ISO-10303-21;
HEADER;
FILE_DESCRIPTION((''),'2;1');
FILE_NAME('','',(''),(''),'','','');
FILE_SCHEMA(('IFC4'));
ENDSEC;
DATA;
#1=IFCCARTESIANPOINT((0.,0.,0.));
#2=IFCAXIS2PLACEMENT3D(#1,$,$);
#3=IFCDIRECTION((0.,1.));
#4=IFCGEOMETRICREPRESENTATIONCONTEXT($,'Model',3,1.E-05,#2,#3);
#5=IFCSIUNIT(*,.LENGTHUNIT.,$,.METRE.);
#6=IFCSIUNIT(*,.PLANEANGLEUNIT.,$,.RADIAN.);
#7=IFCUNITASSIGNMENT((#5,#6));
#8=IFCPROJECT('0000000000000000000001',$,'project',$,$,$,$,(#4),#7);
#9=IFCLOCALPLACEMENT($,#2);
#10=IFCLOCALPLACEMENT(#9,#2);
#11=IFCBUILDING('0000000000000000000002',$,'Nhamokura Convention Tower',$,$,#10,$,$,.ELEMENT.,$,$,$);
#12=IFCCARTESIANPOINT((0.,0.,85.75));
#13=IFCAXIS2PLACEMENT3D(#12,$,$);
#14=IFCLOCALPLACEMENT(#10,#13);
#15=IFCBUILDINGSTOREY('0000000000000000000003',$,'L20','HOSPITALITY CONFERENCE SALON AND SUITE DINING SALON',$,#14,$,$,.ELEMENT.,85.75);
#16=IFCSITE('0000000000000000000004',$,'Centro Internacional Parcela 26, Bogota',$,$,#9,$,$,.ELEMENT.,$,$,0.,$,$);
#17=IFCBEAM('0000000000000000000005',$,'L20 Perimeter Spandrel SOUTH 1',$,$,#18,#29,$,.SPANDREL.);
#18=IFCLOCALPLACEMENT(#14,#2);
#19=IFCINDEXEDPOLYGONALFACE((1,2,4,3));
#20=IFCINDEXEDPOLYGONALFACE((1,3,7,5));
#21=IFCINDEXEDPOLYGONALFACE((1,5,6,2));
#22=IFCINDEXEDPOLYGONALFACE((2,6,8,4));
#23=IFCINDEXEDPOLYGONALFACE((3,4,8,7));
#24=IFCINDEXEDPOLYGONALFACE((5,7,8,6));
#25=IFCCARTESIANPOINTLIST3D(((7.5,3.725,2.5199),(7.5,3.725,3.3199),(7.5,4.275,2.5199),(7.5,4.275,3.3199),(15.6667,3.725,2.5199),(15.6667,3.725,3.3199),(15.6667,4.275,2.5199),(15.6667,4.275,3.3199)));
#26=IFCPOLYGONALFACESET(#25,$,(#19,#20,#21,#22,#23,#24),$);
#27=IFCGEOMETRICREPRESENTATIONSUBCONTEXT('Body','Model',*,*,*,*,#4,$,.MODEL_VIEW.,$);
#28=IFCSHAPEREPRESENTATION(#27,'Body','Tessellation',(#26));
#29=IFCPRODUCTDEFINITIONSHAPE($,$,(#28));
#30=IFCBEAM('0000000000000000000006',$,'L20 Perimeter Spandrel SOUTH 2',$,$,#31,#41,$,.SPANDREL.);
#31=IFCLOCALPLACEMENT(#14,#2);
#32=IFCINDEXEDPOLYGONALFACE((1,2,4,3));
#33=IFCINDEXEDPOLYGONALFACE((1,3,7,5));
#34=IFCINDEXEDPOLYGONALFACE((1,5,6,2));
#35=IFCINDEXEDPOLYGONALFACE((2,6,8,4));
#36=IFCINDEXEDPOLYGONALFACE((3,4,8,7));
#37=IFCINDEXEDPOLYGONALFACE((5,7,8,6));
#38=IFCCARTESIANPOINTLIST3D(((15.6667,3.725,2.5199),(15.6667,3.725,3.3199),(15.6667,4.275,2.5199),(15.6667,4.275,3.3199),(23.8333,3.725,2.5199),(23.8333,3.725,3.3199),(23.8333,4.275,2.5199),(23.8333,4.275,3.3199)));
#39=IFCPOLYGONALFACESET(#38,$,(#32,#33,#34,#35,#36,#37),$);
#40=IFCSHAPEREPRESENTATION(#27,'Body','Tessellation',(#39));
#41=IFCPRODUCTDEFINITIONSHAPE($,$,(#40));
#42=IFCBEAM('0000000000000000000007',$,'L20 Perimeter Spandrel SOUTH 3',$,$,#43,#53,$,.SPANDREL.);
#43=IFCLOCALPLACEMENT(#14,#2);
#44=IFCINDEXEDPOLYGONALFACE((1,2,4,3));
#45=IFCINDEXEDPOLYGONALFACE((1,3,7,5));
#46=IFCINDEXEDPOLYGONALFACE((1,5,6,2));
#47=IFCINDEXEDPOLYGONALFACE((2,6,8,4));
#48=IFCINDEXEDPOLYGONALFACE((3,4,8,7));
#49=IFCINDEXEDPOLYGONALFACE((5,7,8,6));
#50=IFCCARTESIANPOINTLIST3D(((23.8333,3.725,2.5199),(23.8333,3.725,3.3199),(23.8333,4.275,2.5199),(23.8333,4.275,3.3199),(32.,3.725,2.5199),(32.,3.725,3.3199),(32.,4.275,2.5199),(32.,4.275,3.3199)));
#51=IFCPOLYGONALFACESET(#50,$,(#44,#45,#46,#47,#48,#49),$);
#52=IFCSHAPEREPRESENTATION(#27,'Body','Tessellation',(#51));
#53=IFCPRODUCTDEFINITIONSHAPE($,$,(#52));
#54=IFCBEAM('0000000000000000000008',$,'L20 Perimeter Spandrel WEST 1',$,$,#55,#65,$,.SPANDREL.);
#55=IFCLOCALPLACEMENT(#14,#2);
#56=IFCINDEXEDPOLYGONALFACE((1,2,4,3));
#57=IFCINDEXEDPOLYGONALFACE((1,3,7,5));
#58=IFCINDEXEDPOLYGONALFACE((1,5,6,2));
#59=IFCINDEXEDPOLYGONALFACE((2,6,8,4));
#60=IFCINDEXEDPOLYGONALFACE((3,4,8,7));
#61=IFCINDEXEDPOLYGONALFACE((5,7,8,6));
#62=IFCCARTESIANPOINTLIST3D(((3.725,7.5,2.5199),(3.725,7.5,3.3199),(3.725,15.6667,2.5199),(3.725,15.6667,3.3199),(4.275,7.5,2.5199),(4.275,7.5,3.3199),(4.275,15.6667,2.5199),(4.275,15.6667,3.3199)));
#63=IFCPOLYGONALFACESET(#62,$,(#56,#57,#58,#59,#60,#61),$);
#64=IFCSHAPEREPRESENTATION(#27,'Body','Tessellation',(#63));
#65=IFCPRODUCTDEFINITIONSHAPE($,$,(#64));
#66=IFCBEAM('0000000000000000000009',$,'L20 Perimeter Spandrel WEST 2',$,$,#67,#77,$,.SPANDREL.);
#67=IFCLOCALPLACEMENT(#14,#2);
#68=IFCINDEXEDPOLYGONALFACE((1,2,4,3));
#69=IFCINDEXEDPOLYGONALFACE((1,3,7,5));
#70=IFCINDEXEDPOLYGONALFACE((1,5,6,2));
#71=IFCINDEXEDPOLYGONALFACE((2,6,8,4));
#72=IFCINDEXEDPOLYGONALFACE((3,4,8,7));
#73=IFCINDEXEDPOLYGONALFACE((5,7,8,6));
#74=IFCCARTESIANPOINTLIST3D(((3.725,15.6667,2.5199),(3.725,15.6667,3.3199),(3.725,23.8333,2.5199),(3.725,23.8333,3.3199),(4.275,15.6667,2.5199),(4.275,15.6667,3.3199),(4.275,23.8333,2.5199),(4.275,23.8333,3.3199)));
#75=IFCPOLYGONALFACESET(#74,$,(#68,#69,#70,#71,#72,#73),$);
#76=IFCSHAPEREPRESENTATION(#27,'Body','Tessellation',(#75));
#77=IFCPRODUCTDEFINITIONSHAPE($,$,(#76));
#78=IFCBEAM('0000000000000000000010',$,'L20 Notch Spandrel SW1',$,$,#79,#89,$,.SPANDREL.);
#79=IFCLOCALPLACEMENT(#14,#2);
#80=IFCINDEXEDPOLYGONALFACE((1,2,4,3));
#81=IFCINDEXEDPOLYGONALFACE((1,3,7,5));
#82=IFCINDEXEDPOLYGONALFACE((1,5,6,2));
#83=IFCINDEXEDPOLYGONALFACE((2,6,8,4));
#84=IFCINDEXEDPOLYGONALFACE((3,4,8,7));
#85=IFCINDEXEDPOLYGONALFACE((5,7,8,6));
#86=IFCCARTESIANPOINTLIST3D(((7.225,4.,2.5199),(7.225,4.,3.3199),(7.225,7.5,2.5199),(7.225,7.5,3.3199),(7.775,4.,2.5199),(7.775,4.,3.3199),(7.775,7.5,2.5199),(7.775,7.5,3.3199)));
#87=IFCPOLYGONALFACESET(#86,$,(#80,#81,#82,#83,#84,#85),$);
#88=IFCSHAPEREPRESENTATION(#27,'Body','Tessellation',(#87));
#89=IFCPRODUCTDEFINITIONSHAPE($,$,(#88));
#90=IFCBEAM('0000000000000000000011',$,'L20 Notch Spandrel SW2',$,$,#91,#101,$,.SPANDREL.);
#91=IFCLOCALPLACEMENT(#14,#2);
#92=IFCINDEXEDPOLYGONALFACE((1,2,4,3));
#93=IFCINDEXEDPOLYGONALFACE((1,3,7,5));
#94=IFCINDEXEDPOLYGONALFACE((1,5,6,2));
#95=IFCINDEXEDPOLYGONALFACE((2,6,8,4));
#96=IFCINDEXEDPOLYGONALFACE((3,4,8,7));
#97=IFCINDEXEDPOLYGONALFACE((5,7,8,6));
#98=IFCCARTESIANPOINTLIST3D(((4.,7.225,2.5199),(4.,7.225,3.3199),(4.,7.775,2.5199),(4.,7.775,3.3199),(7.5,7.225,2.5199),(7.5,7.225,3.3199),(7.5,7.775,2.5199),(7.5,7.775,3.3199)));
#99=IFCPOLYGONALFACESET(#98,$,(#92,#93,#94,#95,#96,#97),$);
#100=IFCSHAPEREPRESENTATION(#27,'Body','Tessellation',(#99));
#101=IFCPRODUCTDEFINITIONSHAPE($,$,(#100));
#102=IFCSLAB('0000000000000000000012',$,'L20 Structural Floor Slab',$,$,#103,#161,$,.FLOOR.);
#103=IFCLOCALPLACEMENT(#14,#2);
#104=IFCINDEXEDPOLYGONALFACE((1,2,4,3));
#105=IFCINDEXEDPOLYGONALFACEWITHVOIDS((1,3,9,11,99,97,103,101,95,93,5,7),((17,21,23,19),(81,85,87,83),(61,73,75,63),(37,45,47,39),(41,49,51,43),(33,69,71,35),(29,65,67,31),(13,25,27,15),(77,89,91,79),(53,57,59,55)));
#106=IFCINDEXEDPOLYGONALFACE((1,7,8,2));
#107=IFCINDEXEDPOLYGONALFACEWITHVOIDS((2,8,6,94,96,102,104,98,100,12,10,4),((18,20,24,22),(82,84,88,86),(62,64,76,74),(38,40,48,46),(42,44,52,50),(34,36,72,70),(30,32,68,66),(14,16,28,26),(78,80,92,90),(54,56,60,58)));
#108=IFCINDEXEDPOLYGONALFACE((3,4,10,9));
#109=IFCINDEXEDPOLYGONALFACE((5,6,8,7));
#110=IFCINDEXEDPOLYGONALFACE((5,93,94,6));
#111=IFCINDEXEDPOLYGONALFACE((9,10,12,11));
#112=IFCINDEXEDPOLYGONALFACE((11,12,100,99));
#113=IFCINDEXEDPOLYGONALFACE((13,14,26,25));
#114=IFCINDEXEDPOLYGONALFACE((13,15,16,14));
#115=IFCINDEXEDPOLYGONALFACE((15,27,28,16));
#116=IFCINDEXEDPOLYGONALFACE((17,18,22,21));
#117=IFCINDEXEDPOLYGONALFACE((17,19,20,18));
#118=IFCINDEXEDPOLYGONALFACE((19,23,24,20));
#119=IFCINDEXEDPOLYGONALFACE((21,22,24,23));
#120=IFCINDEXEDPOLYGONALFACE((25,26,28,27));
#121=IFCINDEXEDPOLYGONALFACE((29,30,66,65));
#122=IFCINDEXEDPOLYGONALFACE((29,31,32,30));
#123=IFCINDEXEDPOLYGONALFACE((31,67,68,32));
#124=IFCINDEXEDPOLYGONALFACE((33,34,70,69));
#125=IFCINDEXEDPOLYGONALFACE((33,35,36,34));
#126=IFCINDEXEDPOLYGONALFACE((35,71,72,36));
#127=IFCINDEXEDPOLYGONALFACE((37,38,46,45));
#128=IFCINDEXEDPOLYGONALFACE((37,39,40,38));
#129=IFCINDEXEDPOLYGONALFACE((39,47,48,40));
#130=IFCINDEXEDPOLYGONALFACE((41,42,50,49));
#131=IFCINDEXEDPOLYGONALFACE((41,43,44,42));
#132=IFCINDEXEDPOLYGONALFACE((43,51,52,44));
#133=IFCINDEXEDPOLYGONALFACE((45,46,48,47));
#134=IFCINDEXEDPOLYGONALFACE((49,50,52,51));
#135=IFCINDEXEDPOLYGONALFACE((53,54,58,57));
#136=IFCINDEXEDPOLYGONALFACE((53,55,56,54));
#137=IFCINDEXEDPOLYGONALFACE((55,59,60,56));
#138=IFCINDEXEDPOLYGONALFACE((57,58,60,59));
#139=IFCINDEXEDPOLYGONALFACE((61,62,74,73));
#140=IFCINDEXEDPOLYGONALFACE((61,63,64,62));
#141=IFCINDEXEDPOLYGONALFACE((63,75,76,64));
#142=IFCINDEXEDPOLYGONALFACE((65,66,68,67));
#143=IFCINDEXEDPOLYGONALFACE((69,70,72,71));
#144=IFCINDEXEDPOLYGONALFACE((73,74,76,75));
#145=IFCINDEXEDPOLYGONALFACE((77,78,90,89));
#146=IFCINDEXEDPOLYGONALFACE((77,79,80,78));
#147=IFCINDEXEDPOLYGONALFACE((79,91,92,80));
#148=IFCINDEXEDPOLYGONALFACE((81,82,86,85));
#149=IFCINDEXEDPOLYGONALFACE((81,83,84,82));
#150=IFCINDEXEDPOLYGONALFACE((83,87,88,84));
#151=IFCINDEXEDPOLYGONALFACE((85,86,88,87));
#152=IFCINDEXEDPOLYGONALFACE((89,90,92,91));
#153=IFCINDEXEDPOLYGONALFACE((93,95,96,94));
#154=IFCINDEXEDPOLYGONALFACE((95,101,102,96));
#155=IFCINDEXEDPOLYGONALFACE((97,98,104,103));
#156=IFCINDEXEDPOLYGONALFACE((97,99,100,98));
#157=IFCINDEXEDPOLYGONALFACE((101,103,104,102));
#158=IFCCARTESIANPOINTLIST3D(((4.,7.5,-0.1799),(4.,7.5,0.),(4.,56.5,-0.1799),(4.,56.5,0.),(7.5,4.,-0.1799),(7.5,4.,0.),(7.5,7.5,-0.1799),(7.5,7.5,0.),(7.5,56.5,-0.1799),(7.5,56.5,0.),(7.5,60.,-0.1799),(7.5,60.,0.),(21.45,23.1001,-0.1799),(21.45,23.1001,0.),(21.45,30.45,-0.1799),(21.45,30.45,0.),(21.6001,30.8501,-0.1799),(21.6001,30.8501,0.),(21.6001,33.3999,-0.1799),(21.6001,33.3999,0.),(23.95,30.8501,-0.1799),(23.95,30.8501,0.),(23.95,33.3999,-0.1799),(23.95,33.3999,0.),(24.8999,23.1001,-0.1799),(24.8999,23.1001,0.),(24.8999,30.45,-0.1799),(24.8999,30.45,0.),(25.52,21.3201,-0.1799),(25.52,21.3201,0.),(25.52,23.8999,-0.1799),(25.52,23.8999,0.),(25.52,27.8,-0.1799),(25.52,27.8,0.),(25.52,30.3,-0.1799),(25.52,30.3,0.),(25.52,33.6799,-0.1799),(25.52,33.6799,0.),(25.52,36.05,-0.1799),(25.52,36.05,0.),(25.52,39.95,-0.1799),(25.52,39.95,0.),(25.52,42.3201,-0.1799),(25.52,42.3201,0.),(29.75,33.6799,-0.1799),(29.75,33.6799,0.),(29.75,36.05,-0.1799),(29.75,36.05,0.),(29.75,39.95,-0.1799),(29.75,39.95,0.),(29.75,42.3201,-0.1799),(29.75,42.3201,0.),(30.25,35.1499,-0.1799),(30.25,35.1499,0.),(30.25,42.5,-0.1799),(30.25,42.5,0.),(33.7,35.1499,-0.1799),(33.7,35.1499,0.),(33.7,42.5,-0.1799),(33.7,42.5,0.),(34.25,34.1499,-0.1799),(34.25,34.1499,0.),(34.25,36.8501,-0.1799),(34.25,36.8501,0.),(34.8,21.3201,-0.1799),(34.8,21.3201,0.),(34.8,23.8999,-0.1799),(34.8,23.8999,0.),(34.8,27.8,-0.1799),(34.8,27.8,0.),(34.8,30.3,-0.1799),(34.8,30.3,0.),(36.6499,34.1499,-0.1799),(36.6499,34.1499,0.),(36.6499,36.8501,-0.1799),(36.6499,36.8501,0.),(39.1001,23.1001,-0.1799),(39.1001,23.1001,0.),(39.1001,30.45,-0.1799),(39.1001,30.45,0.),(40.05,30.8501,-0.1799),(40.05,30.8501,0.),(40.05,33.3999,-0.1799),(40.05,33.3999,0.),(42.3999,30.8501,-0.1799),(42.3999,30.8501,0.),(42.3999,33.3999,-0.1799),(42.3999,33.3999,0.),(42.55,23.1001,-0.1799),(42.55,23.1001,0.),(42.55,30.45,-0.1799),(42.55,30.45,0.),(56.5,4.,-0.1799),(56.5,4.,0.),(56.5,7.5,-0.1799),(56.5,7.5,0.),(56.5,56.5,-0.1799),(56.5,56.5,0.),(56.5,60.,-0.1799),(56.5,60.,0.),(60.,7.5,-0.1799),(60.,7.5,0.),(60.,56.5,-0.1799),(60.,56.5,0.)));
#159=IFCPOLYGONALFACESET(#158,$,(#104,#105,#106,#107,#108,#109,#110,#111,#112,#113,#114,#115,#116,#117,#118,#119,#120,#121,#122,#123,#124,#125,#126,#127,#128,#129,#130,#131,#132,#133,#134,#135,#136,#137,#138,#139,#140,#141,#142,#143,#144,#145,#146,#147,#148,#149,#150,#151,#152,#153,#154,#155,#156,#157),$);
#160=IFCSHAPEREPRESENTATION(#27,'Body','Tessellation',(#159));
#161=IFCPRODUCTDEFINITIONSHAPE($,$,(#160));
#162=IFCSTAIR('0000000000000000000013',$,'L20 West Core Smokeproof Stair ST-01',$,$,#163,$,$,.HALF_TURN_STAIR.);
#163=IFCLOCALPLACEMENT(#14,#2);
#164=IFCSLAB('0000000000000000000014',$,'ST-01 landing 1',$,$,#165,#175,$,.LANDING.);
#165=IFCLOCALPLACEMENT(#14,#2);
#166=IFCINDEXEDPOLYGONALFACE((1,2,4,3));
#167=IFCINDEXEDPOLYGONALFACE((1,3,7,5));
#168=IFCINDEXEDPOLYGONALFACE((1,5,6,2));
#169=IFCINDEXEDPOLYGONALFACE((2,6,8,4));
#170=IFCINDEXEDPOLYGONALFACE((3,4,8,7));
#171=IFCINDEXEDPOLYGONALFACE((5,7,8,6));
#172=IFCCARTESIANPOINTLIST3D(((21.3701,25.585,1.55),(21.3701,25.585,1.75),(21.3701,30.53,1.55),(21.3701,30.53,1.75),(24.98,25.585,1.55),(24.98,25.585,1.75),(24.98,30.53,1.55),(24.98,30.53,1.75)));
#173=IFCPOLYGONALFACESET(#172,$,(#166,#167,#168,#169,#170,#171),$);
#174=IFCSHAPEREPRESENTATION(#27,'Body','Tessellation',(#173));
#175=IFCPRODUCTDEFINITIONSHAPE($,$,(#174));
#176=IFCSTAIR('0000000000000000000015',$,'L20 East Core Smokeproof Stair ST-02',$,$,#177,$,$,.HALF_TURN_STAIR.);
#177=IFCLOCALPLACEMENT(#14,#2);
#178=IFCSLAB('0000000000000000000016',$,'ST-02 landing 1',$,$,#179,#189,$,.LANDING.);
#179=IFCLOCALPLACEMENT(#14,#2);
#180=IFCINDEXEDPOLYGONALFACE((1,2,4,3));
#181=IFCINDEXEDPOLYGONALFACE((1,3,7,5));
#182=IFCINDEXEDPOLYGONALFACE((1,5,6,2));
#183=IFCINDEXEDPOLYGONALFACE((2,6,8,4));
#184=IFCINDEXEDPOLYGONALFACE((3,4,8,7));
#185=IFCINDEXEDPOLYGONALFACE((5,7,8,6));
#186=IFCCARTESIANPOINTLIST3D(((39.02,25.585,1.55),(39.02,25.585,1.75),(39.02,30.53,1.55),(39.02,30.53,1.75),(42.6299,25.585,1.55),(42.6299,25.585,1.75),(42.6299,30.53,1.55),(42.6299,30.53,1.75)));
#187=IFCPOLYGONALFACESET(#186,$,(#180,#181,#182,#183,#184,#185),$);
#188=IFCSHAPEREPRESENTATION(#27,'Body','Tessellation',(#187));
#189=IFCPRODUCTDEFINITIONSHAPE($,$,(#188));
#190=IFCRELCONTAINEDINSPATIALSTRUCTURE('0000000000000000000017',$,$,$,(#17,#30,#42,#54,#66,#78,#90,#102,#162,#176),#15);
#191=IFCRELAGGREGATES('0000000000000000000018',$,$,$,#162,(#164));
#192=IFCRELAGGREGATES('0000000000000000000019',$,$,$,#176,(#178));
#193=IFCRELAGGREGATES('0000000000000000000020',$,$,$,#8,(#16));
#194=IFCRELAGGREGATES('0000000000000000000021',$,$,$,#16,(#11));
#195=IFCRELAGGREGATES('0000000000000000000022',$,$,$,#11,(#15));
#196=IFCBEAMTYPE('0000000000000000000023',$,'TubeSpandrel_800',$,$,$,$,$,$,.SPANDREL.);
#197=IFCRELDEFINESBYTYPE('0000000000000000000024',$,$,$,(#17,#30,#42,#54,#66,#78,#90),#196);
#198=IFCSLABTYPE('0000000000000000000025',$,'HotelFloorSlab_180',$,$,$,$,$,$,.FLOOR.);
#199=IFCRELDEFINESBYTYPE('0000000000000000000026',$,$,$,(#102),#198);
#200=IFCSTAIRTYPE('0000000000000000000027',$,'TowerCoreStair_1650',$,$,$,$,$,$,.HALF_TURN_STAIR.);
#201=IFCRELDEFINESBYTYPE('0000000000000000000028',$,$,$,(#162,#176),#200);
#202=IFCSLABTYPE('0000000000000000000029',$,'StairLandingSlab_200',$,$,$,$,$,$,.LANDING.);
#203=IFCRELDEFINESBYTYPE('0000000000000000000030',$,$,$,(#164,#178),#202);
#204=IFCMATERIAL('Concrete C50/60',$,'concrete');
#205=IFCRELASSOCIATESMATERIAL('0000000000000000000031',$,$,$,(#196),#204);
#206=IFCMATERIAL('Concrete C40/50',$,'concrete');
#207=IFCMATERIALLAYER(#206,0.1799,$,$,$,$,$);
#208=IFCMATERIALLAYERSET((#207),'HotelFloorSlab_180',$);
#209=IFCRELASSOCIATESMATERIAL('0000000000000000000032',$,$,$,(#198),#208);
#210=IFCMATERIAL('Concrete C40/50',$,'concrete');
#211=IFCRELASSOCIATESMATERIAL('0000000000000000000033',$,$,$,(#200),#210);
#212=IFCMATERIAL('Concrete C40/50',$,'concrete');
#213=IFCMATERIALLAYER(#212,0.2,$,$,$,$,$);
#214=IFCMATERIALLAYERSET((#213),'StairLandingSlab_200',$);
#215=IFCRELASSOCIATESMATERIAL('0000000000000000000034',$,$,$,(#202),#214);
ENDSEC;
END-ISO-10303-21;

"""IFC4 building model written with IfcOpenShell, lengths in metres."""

from ifc_helpers import new_model, si_unit, direction, frame, origin, origin_2d, place, context, subcontext, project, spatial, polyline, rectangle, outline, extrude, material, layer, layer_set, material_profile, profile_set, type_object, element, aggregate, save


model = new_model("IFC4")

# Units and contexts
model_context = context("Model", 3, precision=1e-05, world=origin(), true_north=direction((0.0, 1.0)))
body_context = subcontext(model_context, "Body", "Model", "MODEL_VIEW")
ifc_project = project(units=[si_unit("LENGTHUNIT", "METRE"), si_unit("PLANEANGLEUNIT", "RADIAN")], contexts=[model_context])

# Site, building, storey
site_placement = place(None, origin())
site = spatial("IfcSite", under=ifc_project, at=site_placement, Name="Centro Internacional Parcela 26, Bogota", CompositionType="ELEMENT", RefElevation=0.0)
building_placement = place(site_placement, origin())
building = spatial("IfcBuilding", under=site, at=building_placement, Name="Nhamokura Convention Tower", CompositionType="ELEMENT")
storey_placement = place(building_placement, frame((0.0, 0.0, 85.75)))
storey = spatial("IfcBuildingStorey", under=building, at=storey_placement, Name="L20", Description="HOSPITALITY CONFERENCE SALON AND SUITE DINING SALON", CompositionType="ELEMENT", Elevation=85.75)

# Beams
ifc_material_1 = material(Name="Concrete C50/60", Category="concrete")
ifc_material_profile_1 = material_profile(ifc_material_1, rectangle(XDim=0.55, YDim=0.8, at=origin_2d()))
ifc_profile_set_1 = profile_set([ifc_material_profile_1], Name="Concrete C50/60")
beam_type_1 = type_object("IfcBeamType", Name="TubeSpandrel_800", PredefinedType="SPANDREL", material=ifc_profile_set_1)
beam_1_placement = place(storey_placement, frame((7.5, 4.0, 2.9199), z_axis=(1.0, 0.0, 0.0), x_axis=(0.0, 1.0, 0.0)))
element("IfcBeam", 1, at=beam_1_placement, inside=storey, type_object=beam_type_1, Name="L20 Perimeter Spandrel SOUTH 1", PredefinedType="SPANDREL", context=body_context, shape_type="SweptSolid", body=[
    extrude(rectangle(XDim=0.55, YDim=0.8, at=origin_2d()), origin(), (0.0, 0.0, 1.0), 8.1667),
])
beam_2_placement = place(storey_placement, frame((15.6667, 4.0, 2.9199), z_axis=(1.0, 0.0, 0.0), x_axis=(0.0, 1.0, 0.0)))
element("IfcBeam", 2, at=beam_2_placement, inside=storey, type_object=beam_type_1, Name="L20 Perimeter Spandrel SOUTH 2", PredefinedType="SPANDREL", context=body_context, shape_type="SweptSolid", body=[
    extrude(rectangle(XDim=0.55, YDim=0.8, at=origin_2d()), origin(), (0.0, 0.0, 1.0), 8.1665),
])
for number, where, z_axis, x_axis, name in (
    (3, (23.8333, 4.0, 2.9199), (1.0, 0.0, 0.0), (0.0, 1.0, 0.0), "L20 Perimeter Spandrel SOUTH 3"),
    (4, (4.0, 7.5, 2.9199), (0.0, 1.0, 0.0), (-1.0, 0.0, 0.0), "L20 Perimeter Spandrel WEST 1"),
):
    element("IfcBeam", number, at=place(storey_placement, frame(where, z_axis=z_axis, x_axis=x_axis)), inside=storey, type_object=beam_type_1, Name=name, PredefinedType="SPANDREL", context=body_context, shape_type="SweptSolid", body=[
        extrude(rectangle(XDim=0.55, YDim=0.8, at=origin_2d()), origin(), (0.0, 0.0, 1.0), 8.1667),
    ])
beam_3_placement = place(storey_placement, frame((4.0, 15.6667, 2.9199), z_axis=(0.0, 1.0, 0.0), x_axis=(-1.0, 0.0, 0.0)))
element("IfcBeam", 5, at=beam_3_placement, inside=storey, type_object=beam_type_1, Name="L20 Perimeter Spandrel WEST 2", PredefinedType="SPANDREL", context=body_context, shape_type="SweptSolid", body=[
    extrude(rectangle(XDim=0.55, YDim=0.8, at=origin_2d()), origin(), (0.0, 0.0, 1.0), 8.1665),
])
for number, where, z_axis, x_axis, name in (
    (6, (7.5, 4.0, 2.9199), (0.0, 1.0, 0.0), (-1.0, 0.0, 0.0), "L20 Notch Spandrel SW1"),
    (7, (7.5, 7.5, 2.9199), (-1.0, 0.0, 0.0), (0.0, -1.0, 0.0), "L20 Notch Spandrel SW2"),
):
    element("IfcBeam", number, at=place(storey_placement, frame(where, z_axis=z_axis, x_axis=x_axis)), inside=storey, type_object=beam_type_1, Name=name, PredefinedType="SPANDREL", context=body_context, shape_type="SweptSolid", body=[
        extrude(rectangle(XDim=0.55, YDim=0.8, at=origin_2d()), origin(), (0.0, 0.0, 1.0), 3.5),
    ])

# Slab
ifc_material_2 = material(Name="Concrete C40/50", Category="concrete")
ifc_layer_1 = layer(ifc_material_2, 0.1799)
ifc_layer_set_1 = layer_set([ifc_layer_1], Name="HotelFloorSlab_180")
slab_type_1 = type_object("IfcSlabType", Name="HotelFloorSlab_180", PredefinedType="FLOOR", material=ifc_layer_set_1)
slab_1_placement = place(storey_placement, frame((0.0, 0.0, -0.1799)))
element("IfcSlab", 8, at=slab_1_placement, inside=storey, type_object=slab_type_1, Name="L20 Structural Floor Slab", PredefinedType="FLOOR", context=body_context, shape_type="SweptSolid", body=[
    extrude(outline(polyline([(7.5, 4.0), (56.5, 4.0), (56.5, 7.5), (60.0, 7.5), (60.0, 56.5), (56.5, 56.5), (56.5, 60.0), (7.5, 60.0), (7.5, 56.5), (4.0, 56.5), (4.0, 7.5), (7.5, 7.5), (7.5, 4.0)]), holes=[polyline([(24.8999, 23.1001), (24.8999, 30.45), (21.45, 30.45), (21.45, 23.1001), (24.8999, 23.1001)]), polyline([(42.55, 23.1001), (42.55, 30.45), (39.1001, 30.45), (39.1001, 23.1001), (42.55, 23.1001)]), polyline([(33.7, 35.1499), (33.7, 42.5), (30.25, 42.5), (30.25, 35.1499), (33.7, 35.1499)]), polyline([(21.6001, 30.8501), (23.95, 30.8501), (23.95, 33.3999), (21.6001, 33.3999), (21.6001, 30.8501)]), polyline([(40.05, 30.8501), (42.3999, 30.8501), (42.3999, 33.3999), (40.05, 33.3999), (40.05, 30.8501)]), polyline([(34.25, 34.1499), (36.6499, 34.1499), (36.6499, 36.8501), (34.25, 36.8501), (34.25, 34.1499)]), polyline([(25.52, 21.3201), (34.8, 21.3201), (34.8, 23.8999), (25.52, 23.8999), (25.52, 21.3201)]), polyline([(25.52, 27.8), (34.8, 27.8), (34.8, 30.3), (25.52, 30.3), (25.52, 27.8)]), polyline([(25.52, 33.6799), (29.75, 33.6799), (29.75, 36.05), (25.52, 36.05), (25.52, 33.6799)]), polyline([(25.52, 39.95), (29.75, 39.95), (29.75, 42.3201), (25.52, 42.3201), (25.52, 39.95)])]), origin(), (0.0, 0.0, 1.0), 0.1799),
])

# Stairs, slabs
ifc_material_3 = material(Name="Concrete C40/50", Category="concrete")
stair_type = type_object("IfcStairType", Name="TowerCoreStair_1650", PredefinedType="HALF_TURN_STAIR", material=ifc_material_3)
stair_1_placement = place(storey_placement, origin())
stair_1 = element("IfcStair", 9, at=stair_1_placement, inside=storey, type_object=stair_type, Name="L20 West Core Smokeproof Stair ST-01", PredefinedType="HALF_TURN_STAIR")
ifc_material_4 = material(Name="Concrete C40/50", Category="concrete")
ifc_layer_2 = layer(ifc_material_4, 0.2)
ifc_layer_set_2 = layer_set([ifc_layer_2], Name="StairLandingSlab_200")
slab_type_2 = type_object("IfcSlabType", Name="StairLandingSlab_200", PredefinedType="LANDING", material=ifc_layer_set_2)
slab_2_placement = place(storey_placement, frame((0.0, 0.0, 1.55)))
slab_2 = element("IfcSlab", 10, at=slab_2_placement, type_object=slab_type_2, Name="ST-01 landing 1", PredefinedType="LANDING", context=body_context, shape_type="SweptSolid", body=[
    extrude(outline(polyline([(24.98, 25.585), (24.98, 30.53), (21.3701, 30.53), (21.3701, 25.585), (24.98, 25.585)])), origin(), (0.0, 0.0, 1.0), 0.2),
])
aggregate(stair_1, [slab_2])
stair_2_placement = place(storey_placement, origin())
stair_2 = element("IfcStair", 11, at=stair_2_placement, inside=storey, type_object=stair_type, Name="L20 East Core Smokeproof Stair ST-02", PredefinedType="HALF_TURN_STAIR")
slab_3_placement = place(storey_placement, frame((0.0, 0.0, 1.55)))
slab_3 = element("IfcSlab", 12, at=slab_3_placement, type_object=slab_type_2, Name="ST-02 landing 1", PredefinedType="LANDING", context=body_context, shape_type="SweptSolid", body=[
    extrude(outline(polyline([(42.6299, 25.585), (42.6299, 30.53), (39.02, 30.53), (39.02, 25.585), (42.6299, 25.585)])), origin(), (0.0, 0.0, 1.0), 0.2),
])
aggregate(stair_2, [slab_3])

save(model, "model.ifc")
